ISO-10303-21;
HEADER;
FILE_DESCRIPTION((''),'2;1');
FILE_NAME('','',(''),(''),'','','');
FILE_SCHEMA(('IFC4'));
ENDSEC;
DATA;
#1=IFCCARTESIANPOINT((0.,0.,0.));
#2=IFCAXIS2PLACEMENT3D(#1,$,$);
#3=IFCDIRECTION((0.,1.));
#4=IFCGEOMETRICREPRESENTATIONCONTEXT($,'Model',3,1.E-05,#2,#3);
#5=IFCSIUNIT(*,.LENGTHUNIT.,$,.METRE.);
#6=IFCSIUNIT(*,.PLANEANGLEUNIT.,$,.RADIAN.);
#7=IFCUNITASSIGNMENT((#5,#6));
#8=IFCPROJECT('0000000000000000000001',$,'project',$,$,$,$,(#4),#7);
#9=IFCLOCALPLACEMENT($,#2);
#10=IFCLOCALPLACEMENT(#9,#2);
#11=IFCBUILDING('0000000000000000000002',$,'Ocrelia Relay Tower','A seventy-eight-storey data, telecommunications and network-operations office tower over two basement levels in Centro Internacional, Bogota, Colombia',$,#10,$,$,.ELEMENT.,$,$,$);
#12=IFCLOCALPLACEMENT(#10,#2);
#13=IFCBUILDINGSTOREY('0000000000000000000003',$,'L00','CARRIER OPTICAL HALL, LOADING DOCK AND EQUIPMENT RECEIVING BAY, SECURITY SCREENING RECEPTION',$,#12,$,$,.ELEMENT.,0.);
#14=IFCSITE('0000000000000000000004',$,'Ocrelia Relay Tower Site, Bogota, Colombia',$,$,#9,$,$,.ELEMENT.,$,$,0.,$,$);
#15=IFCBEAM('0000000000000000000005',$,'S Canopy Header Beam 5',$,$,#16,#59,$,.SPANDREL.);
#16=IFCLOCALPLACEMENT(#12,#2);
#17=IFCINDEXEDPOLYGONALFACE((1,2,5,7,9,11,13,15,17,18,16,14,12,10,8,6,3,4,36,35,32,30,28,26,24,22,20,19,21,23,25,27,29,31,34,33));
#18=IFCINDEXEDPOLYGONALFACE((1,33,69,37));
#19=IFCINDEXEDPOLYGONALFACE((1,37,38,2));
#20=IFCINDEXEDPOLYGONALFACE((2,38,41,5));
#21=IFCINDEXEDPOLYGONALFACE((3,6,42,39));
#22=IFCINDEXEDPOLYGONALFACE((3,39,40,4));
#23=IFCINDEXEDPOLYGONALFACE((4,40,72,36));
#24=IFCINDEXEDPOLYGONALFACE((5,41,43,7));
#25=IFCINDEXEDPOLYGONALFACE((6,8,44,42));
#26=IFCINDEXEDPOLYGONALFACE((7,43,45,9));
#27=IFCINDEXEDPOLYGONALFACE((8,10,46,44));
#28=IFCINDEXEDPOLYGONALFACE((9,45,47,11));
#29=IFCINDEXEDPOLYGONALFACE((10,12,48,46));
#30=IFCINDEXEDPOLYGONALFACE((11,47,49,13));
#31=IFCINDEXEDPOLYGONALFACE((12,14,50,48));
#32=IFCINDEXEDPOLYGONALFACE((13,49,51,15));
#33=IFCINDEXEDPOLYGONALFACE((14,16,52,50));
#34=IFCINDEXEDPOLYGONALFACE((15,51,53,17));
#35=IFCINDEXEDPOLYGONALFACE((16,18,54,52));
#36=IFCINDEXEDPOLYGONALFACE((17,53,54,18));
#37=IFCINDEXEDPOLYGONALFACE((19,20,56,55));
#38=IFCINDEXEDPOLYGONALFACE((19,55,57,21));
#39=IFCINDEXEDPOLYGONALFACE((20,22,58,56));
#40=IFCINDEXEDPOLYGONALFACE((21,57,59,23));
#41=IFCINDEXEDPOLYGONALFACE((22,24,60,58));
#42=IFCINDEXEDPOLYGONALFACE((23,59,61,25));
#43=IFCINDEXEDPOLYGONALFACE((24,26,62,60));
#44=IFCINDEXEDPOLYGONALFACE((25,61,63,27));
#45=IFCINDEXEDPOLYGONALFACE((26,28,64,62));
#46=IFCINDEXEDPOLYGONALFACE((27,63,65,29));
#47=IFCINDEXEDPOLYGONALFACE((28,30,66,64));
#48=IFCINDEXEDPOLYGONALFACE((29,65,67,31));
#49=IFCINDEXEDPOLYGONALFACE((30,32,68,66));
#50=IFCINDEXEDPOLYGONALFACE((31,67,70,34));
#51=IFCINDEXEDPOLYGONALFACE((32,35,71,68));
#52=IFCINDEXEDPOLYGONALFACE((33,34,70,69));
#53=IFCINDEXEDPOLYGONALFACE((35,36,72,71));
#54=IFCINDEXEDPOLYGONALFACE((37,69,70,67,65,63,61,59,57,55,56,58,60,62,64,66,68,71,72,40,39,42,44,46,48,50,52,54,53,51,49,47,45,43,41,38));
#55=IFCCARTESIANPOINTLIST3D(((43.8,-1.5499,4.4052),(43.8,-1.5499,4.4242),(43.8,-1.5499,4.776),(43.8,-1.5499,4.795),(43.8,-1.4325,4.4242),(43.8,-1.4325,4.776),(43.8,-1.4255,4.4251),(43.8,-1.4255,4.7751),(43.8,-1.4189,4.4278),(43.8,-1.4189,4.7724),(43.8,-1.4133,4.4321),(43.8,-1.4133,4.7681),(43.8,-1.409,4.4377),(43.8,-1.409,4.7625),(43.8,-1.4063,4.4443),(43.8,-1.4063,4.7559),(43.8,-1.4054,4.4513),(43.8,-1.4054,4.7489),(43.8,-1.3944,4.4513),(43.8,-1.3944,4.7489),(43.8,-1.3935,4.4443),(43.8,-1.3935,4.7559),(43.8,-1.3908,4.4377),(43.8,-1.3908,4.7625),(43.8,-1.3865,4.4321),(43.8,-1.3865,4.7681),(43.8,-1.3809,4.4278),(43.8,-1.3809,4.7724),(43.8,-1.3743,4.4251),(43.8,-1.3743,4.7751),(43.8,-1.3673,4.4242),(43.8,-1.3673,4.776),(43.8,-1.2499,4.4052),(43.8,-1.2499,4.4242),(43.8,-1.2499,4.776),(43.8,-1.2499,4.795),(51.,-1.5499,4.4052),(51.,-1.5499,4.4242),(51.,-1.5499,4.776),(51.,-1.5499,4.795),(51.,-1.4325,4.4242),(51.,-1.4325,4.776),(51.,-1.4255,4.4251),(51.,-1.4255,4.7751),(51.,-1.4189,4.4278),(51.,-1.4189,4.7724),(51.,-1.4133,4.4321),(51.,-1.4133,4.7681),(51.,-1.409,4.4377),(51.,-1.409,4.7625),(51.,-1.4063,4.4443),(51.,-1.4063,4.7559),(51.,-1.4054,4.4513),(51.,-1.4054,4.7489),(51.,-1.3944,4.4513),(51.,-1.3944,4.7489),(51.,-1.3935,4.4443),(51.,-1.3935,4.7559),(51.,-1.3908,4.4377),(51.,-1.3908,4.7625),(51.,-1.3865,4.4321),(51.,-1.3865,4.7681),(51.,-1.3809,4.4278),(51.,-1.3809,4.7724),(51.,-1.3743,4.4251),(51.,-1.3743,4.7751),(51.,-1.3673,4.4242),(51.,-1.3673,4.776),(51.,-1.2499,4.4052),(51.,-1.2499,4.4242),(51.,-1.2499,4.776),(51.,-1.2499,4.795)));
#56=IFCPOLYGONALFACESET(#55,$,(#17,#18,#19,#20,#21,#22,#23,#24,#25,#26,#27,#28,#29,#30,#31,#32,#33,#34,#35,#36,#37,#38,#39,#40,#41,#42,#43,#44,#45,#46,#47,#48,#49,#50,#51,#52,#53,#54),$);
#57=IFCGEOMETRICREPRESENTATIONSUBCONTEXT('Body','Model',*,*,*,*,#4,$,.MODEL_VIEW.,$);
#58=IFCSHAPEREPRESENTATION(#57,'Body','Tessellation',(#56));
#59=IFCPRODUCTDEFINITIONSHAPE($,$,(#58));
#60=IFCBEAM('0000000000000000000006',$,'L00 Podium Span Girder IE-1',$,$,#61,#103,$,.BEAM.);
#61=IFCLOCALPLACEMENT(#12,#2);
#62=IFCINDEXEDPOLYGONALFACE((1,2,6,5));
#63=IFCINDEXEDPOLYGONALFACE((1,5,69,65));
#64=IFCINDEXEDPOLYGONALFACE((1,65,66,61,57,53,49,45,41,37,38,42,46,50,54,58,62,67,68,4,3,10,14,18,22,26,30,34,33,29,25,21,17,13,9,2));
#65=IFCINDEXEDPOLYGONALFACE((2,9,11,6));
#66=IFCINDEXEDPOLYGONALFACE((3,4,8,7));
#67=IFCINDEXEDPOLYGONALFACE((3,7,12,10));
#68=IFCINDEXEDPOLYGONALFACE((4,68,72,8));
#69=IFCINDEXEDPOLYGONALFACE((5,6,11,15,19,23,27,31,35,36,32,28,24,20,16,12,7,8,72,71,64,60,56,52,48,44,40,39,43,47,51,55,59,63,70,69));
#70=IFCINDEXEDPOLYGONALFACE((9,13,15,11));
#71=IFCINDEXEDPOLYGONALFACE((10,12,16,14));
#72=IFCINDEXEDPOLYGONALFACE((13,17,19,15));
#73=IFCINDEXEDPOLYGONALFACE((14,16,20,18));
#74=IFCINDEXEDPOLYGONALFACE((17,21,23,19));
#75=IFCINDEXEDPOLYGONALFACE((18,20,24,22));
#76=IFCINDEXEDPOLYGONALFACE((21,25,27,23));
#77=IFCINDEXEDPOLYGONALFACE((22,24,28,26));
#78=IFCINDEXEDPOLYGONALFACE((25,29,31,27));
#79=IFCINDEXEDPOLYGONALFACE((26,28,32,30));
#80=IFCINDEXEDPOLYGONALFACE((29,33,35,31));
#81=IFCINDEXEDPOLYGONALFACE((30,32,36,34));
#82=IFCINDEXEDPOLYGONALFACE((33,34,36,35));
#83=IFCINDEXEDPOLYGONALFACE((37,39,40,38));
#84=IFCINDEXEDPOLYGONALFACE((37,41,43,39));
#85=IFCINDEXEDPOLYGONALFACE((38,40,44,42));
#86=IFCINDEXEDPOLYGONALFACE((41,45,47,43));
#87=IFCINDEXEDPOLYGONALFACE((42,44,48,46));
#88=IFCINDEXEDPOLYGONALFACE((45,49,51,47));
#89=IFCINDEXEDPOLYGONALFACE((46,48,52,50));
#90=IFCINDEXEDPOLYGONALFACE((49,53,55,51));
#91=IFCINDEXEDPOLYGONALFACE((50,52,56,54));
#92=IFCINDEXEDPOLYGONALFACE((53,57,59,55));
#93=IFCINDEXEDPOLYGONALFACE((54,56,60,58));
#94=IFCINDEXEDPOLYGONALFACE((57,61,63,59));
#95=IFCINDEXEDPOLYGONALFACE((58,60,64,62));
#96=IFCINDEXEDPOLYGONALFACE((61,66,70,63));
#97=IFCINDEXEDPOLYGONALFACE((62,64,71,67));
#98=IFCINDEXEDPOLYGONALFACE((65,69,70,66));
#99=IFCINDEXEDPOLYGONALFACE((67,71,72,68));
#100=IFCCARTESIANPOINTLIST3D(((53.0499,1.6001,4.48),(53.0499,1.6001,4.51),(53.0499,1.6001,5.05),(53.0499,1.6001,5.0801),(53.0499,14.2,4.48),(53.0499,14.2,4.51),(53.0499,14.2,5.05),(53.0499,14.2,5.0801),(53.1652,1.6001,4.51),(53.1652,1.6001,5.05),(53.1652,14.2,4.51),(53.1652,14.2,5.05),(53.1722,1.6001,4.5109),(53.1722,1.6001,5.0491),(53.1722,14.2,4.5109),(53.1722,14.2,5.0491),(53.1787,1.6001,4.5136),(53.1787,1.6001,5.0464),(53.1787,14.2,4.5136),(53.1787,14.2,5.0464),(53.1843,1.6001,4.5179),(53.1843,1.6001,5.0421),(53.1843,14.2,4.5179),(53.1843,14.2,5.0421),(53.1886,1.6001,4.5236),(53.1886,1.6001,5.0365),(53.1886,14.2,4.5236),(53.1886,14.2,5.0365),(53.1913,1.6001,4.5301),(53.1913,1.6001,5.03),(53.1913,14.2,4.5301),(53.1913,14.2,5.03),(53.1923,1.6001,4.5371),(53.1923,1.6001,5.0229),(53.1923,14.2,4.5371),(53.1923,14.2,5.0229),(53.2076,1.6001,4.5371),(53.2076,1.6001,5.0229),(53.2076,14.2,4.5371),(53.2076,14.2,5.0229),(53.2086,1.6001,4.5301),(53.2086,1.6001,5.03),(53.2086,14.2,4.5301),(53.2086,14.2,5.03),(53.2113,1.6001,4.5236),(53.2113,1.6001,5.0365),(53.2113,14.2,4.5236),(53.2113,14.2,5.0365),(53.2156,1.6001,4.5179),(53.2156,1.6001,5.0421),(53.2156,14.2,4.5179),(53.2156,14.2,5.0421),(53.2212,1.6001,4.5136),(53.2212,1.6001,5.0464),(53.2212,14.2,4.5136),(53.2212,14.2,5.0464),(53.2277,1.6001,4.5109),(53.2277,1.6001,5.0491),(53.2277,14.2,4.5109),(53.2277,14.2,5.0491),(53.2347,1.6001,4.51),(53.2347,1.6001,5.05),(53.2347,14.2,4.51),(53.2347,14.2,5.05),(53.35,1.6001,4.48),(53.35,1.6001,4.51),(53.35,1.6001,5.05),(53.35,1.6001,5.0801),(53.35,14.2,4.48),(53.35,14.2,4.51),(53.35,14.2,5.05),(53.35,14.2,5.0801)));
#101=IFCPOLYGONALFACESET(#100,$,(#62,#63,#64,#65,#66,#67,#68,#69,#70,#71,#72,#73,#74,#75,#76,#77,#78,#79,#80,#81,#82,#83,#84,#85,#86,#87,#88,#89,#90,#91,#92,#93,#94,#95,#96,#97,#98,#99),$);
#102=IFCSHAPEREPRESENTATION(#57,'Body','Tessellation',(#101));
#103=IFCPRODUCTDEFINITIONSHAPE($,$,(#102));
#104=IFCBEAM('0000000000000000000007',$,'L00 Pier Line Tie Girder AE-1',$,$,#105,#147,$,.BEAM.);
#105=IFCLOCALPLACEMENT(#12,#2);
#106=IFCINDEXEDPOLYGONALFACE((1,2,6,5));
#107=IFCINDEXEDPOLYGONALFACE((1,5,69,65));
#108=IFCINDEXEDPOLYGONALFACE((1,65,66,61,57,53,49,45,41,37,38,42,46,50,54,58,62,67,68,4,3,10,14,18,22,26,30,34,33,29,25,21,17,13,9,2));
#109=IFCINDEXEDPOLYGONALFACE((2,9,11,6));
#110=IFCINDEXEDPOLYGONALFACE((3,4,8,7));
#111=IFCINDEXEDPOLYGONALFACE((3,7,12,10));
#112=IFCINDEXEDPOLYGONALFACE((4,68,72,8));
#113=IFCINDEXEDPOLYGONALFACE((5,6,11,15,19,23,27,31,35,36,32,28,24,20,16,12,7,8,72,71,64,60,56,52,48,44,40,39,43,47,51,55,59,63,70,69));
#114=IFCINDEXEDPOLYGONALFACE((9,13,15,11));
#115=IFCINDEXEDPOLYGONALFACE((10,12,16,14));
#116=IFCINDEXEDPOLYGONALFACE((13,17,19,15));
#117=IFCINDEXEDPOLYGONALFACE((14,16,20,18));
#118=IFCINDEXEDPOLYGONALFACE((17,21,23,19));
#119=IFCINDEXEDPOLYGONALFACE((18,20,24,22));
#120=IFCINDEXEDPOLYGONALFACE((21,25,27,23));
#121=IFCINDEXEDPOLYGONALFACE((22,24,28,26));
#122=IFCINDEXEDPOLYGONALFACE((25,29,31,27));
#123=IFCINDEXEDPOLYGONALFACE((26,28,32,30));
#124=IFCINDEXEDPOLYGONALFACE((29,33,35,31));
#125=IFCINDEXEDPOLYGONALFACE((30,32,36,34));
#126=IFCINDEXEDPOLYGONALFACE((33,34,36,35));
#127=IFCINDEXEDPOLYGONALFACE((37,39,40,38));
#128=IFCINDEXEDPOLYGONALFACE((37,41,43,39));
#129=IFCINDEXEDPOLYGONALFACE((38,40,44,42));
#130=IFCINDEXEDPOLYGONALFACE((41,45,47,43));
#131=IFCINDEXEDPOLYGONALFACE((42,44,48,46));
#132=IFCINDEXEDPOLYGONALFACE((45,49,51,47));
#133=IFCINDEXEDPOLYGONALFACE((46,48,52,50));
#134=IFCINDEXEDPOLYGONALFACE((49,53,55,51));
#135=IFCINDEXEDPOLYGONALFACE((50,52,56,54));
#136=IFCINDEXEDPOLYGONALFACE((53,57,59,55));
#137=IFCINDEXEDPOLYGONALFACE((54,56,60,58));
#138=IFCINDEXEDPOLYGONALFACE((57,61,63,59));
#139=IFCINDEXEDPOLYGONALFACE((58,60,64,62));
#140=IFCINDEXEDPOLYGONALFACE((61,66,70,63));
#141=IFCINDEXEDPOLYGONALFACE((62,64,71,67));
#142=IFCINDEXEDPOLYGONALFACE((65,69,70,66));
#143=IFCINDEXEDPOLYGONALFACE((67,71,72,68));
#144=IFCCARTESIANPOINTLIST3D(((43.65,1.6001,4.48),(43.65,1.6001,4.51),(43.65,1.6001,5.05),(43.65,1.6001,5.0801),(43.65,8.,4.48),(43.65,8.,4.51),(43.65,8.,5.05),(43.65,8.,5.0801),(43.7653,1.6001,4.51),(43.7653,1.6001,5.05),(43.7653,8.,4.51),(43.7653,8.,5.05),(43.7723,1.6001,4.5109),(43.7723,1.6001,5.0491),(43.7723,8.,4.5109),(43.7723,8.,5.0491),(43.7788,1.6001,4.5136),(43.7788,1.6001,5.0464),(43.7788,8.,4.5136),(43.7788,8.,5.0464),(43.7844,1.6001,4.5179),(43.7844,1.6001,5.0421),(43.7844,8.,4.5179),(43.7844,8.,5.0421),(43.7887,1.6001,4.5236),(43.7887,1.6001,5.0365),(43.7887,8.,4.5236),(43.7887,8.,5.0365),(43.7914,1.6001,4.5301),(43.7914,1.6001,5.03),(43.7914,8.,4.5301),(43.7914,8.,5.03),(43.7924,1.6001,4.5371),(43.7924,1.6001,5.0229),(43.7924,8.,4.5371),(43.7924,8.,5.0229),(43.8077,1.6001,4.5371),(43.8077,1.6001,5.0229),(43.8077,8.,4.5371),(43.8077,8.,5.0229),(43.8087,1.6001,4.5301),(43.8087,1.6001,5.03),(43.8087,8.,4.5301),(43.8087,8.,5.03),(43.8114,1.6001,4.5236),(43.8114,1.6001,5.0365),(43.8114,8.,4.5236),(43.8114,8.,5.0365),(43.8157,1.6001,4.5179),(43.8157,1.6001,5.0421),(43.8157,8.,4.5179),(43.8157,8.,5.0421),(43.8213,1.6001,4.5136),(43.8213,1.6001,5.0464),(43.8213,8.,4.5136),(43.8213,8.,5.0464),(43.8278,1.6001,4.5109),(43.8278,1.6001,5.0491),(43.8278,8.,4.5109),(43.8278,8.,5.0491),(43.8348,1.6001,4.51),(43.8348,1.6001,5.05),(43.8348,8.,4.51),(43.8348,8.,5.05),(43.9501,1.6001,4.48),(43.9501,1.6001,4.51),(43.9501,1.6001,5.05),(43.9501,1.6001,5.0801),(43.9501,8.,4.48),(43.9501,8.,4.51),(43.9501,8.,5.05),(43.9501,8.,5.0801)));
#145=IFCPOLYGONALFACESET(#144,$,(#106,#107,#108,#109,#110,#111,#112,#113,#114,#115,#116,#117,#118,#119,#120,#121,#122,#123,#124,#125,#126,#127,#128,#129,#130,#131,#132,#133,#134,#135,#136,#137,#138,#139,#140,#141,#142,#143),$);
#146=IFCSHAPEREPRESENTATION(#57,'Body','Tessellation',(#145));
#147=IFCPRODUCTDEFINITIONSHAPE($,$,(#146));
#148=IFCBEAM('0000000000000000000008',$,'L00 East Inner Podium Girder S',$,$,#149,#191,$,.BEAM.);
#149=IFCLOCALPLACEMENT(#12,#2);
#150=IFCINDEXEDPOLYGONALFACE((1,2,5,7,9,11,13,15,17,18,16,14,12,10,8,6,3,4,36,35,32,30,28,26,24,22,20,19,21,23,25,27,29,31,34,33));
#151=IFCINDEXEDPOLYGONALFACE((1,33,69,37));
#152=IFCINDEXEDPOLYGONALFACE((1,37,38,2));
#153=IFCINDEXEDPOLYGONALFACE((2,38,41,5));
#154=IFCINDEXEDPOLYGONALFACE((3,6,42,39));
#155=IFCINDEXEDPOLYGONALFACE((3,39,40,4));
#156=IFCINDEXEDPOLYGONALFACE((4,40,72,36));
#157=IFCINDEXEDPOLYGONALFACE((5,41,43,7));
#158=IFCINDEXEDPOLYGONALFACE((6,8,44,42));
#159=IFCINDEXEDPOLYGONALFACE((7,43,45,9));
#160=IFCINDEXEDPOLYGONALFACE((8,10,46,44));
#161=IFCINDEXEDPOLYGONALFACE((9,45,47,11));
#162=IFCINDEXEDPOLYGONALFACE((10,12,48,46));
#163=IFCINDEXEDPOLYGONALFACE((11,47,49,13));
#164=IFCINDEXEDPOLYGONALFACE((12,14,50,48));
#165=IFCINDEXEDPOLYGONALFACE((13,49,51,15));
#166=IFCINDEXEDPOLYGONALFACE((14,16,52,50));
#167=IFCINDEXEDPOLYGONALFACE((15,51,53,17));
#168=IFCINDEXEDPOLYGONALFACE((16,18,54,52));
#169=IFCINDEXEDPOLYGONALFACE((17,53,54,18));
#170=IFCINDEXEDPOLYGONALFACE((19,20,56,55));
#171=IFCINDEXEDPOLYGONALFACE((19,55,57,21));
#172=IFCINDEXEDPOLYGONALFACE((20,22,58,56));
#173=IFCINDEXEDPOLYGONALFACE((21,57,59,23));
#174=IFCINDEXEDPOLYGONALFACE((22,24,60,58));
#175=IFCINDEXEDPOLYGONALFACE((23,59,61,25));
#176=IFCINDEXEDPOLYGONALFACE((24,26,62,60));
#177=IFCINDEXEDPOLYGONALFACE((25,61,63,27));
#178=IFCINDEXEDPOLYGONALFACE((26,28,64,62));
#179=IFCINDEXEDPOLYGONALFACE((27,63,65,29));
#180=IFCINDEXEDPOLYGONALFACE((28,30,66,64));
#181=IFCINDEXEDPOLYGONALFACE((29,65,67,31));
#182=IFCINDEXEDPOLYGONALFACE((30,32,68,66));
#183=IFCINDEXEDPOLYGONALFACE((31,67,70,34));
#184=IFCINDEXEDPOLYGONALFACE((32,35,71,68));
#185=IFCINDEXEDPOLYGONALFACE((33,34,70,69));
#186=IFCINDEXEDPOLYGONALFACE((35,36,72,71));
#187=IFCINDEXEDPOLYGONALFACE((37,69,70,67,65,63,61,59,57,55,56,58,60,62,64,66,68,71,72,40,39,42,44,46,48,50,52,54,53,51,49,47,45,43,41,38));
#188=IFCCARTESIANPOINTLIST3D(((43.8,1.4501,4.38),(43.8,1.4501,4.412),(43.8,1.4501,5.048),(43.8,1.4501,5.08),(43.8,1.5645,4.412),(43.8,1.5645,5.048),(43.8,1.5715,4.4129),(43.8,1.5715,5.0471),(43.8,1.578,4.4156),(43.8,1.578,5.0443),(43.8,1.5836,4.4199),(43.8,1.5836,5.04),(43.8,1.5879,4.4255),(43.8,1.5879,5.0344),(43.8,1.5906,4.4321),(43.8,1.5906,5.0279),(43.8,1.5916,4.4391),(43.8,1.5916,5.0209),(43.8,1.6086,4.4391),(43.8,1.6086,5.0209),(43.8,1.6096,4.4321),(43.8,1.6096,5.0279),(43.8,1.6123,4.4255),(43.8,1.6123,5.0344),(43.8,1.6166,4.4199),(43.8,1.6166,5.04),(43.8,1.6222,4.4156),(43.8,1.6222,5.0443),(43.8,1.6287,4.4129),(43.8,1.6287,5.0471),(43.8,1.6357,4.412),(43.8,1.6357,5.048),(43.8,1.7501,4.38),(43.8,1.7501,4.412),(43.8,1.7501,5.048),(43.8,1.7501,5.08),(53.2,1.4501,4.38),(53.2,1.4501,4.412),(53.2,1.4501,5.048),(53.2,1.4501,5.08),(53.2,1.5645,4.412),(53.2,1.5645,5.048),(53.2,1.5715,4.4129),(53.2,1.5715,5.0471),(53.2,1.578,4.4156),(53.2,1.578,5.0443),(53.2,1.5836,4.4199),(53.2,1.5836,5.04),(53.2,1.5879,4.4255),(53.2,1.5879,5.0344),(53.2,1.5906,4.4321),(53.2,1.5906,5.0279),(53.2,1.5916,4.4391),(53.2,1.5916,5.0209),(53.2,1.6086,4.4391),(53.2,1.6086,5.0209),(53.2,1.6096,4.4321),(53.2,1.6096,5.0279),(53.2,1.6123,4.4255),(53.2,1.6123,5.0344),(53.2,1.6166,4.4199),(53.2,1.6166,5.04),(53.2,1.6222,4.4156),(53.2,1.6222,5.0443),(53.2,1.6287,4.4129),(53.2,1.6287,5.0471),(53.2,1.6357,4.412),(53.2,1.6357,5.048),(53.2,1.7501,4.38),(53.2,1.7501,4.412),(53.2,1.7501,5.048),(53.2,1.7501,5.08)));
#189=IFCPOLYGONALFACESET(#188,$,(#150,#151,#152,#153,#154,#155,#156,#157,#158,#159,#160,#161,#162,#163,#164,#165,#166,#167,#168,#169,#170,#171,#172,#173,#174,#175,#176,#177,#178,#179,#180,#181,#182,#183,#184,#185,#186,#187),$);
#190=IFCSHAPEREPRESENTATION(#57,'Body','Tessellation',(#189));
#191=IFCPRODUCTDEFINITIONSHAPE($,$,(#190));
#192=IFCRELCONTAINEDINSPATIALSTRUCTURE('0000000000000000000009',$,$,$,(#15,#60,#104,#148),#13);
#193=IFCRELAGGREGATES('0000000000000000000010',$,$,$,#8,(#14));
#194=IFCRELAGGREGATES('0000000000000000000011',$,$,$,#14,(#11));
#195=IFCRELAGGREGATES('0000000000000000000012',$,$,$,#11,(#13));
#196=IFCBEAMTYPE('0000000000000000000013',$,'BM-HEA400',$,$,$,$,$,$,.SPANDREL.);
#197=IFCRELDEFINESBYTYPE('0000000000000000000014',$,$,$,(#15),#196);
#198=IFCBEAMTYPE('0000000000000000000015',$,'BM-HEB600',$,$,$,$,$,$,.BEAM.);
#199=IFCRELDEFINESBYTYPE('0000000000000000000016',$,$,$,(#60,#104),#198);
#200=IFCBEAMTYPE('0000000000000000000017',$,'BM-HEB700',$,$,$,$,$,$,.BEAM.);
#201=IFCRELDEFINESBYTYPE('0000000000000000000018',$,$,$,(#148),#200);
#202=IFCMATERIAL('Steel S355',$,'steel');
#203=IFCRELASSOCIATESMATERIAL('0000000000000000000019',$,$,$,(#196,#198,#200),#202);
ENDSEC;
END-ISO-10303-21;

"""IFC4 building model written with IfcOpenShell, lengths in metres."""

from ifc_helpers import new_model, si_unit, direction, frame, origin, origin_2d, place, context, subcontext, project, spatial, i_section, extrude, material, material_profile, profile_set, type_object, element, save


model = new_model("IFC4")

# Units and contexts
model_context = context("Model", 3, precision=1e-05, world=origin(), true_north=direction((0.0, 1.0)))
body_context = subcontext(model_context, "Body", "Model", "MODEL_VIEW")
ifc_project = project(units=[si_unit("LENGTHUNIT", "METRE"), si_unit("PLANEANGLEUNIT", "RADIAN")], contexts=[model_context])

# Site, building, storey
site_placement = place(None, origin())
site = spatial("IfcSite", under=ifc_project, at=site_placement, Name="Ocrelia Relay Tower Site, Bogota, Colombia", CompositionType="ELEMENT", RefElevation=0.0)
building_placement = place(site_placement, origin())
building = spatial("IfcBuilding", under=site, at=building_placement, Name="Ocrelia Relay Tower", Description="A seventy-eight-storey data, telecommunications and network-operations office tower over two basement levels in Centro Internacional, Bogota, Colombia", CompositionType="ELEMENT")
storey_placement = place(building_placement, origin())
storey = spatial("IfcBuildingStorey", under=building, at=storey_placement, Name="L00", Description="CARRIER OPTICAL HALL, LOADING DOCK AND EQUIPMENT RECEIVING BAY, SECURITY SCREENING RECEPTION", CompositionType="ELEMENT", Elevation=0.0)

# Beams
ifc_material_1 = material(Name="Steel S355", Category="steel")
ifc_material_profile_1 = material_profile(ifc_material_1, i_section(OverallWidth=0.3, OverallDepth=0.3899, WebThickness=0.011, FlangeThickness=0.019, FilletRadius=0.0271, at=origin_2d()), Name="HEA 400")
ifc_profile_set_1 = profile_set([ifc_material_profile_1], Name="Steel S355")
beam_type_1 = type_object("IfcBeamType", Name="BM-HEA400", PredefinedType="SPANDREL", material=ifc_profile_set_1)
for number, where, z_axis, x_axis, name in (
    (1, (43.8, -1.3999, 4.6001), (1.0, 0.0, 0.0), (0.0, 1.0, 0.0), "S Canopy Header Beam 5"),
):
    element("IfcBeam", number, at=place(storey_placement, frame(where, z_axis=z_axis, x_axis=x_axis)), inside=storey, type_object=beam_type_1, Name=name, PredefinedType="SPANDREL", context=body_context, shape_type="SweptSolid", body=[
        extrude(i_section(OverallWidth=0.3, OverallDepth=0.3899, WebThickness=0.011, FlangeThickness=0.019, FilletRadius=0.0271, at=origin_2d()), origin(), (0.0, 0.0, 1.0), 7.2),
    ])
ifc_material_profile_2 = material_profile(ifc_material_1, i_section(OverallWidth=0.3, OverallDepth=0.6001, WebThickness=0.0154, FlangeThickness=0.03, FilletRadius=0.0271, at=origin_2d()), Name="HEB 600")
ifc_profile_set_2 = profile_set([ifc_material_profile_2], Name="Steel S355")
beam_type_2 = type_object("IfcBeamType", Name="BM-HEB600", PredefinedType="BEAM", material=ifc_profile_set_2)
beam_1_placement = place(storey_placement, frame((53.2, 1.6001, 4.78), z_axis=(0.0, 1.0, 0.0), x_axis=(-1.0, 0.0, 0.0)))
element("IfcBeam", 2, at=beam_1_placement, inside=storey, type_object=beam_type_2, Name="L00 Podium Span Girder IE-1", PredefinedType="BEAM", context=body_context, shape_type="SweptSolid", body=[
    extrude(i_section(OverallWidth=0.3, OverallDepth=0.6001, WebThickness=0.0154, FlangeThickness=0.03, FilletRadius=0.0271, at=origin_2d()), origin(), (0.0, 0.0, 1.0), 12.5999),
])
beam_2_placement = place(storey_placement, frame((43.8, 1.6001, 4.78), z_axis=(0.0, 1.0, 0.0), x_axis=(-1.0, 0.0, 0.0)))
element("IfcBeam", 3, at=beam_2_placement, inside=storey, type_object=beam_type_2, Name="L00 Pier Line Tie Girder AE-1", PredefinedType="BEAM", context=body_context, shape_type="SweptSolid", body=[
    extrude(i_section(OverallWidth=0.3, OverallDepth=0.6001, WebThickness=0.0154, FlangeThickness=0.03, FilletRadius=0.0271, at=origin_2d()), origin(), (0.0, 0.0, 1.0), 6.3999),
])
ifc_material_profile_3 = material_profile(ifc_material_1, i_section(OverallWidth=0.3, OverallDepth=0.7, WebThickness=0.0171, FlangeThickness=0.032, FilletRadius=0.0271, at=origin_2d()), Name="HEB 700")
ifc_profile_set_3 = profile_set([ifc_material_profile_3], Name="Steel S355")
beam_type_3 = type_object("IfcBeamType", Name="BM-HEB700", PredefinedType="BEAM", material=ifc_profile_set_3)
beam_3_placement = place(storey_placement, frame((43.8, 1.6001, 4.73), z_axis=(1.0, 0.0, 0.0), x_axis=(0.0, 1.0, 0.0)))
element("IfcBeam", 4, at=beam_3_placement, inside=storey, type_object=beam_type_3, Name="L00 East Inner Podium Girder S", PredefinedType="BEAM", context=body_context, shape_type="SweptSolid", body=[
    extrude(i_section(OverallWidth=0.3, OverallDepth=0.7, WebThickness=0.0171, FlangeThickness=0.032, FilletRadius=0.0271, at=origin_2d()), origin(), (0.0, 0.0, 1.0), 9.3999),
])

save(model, "model.ifc")
